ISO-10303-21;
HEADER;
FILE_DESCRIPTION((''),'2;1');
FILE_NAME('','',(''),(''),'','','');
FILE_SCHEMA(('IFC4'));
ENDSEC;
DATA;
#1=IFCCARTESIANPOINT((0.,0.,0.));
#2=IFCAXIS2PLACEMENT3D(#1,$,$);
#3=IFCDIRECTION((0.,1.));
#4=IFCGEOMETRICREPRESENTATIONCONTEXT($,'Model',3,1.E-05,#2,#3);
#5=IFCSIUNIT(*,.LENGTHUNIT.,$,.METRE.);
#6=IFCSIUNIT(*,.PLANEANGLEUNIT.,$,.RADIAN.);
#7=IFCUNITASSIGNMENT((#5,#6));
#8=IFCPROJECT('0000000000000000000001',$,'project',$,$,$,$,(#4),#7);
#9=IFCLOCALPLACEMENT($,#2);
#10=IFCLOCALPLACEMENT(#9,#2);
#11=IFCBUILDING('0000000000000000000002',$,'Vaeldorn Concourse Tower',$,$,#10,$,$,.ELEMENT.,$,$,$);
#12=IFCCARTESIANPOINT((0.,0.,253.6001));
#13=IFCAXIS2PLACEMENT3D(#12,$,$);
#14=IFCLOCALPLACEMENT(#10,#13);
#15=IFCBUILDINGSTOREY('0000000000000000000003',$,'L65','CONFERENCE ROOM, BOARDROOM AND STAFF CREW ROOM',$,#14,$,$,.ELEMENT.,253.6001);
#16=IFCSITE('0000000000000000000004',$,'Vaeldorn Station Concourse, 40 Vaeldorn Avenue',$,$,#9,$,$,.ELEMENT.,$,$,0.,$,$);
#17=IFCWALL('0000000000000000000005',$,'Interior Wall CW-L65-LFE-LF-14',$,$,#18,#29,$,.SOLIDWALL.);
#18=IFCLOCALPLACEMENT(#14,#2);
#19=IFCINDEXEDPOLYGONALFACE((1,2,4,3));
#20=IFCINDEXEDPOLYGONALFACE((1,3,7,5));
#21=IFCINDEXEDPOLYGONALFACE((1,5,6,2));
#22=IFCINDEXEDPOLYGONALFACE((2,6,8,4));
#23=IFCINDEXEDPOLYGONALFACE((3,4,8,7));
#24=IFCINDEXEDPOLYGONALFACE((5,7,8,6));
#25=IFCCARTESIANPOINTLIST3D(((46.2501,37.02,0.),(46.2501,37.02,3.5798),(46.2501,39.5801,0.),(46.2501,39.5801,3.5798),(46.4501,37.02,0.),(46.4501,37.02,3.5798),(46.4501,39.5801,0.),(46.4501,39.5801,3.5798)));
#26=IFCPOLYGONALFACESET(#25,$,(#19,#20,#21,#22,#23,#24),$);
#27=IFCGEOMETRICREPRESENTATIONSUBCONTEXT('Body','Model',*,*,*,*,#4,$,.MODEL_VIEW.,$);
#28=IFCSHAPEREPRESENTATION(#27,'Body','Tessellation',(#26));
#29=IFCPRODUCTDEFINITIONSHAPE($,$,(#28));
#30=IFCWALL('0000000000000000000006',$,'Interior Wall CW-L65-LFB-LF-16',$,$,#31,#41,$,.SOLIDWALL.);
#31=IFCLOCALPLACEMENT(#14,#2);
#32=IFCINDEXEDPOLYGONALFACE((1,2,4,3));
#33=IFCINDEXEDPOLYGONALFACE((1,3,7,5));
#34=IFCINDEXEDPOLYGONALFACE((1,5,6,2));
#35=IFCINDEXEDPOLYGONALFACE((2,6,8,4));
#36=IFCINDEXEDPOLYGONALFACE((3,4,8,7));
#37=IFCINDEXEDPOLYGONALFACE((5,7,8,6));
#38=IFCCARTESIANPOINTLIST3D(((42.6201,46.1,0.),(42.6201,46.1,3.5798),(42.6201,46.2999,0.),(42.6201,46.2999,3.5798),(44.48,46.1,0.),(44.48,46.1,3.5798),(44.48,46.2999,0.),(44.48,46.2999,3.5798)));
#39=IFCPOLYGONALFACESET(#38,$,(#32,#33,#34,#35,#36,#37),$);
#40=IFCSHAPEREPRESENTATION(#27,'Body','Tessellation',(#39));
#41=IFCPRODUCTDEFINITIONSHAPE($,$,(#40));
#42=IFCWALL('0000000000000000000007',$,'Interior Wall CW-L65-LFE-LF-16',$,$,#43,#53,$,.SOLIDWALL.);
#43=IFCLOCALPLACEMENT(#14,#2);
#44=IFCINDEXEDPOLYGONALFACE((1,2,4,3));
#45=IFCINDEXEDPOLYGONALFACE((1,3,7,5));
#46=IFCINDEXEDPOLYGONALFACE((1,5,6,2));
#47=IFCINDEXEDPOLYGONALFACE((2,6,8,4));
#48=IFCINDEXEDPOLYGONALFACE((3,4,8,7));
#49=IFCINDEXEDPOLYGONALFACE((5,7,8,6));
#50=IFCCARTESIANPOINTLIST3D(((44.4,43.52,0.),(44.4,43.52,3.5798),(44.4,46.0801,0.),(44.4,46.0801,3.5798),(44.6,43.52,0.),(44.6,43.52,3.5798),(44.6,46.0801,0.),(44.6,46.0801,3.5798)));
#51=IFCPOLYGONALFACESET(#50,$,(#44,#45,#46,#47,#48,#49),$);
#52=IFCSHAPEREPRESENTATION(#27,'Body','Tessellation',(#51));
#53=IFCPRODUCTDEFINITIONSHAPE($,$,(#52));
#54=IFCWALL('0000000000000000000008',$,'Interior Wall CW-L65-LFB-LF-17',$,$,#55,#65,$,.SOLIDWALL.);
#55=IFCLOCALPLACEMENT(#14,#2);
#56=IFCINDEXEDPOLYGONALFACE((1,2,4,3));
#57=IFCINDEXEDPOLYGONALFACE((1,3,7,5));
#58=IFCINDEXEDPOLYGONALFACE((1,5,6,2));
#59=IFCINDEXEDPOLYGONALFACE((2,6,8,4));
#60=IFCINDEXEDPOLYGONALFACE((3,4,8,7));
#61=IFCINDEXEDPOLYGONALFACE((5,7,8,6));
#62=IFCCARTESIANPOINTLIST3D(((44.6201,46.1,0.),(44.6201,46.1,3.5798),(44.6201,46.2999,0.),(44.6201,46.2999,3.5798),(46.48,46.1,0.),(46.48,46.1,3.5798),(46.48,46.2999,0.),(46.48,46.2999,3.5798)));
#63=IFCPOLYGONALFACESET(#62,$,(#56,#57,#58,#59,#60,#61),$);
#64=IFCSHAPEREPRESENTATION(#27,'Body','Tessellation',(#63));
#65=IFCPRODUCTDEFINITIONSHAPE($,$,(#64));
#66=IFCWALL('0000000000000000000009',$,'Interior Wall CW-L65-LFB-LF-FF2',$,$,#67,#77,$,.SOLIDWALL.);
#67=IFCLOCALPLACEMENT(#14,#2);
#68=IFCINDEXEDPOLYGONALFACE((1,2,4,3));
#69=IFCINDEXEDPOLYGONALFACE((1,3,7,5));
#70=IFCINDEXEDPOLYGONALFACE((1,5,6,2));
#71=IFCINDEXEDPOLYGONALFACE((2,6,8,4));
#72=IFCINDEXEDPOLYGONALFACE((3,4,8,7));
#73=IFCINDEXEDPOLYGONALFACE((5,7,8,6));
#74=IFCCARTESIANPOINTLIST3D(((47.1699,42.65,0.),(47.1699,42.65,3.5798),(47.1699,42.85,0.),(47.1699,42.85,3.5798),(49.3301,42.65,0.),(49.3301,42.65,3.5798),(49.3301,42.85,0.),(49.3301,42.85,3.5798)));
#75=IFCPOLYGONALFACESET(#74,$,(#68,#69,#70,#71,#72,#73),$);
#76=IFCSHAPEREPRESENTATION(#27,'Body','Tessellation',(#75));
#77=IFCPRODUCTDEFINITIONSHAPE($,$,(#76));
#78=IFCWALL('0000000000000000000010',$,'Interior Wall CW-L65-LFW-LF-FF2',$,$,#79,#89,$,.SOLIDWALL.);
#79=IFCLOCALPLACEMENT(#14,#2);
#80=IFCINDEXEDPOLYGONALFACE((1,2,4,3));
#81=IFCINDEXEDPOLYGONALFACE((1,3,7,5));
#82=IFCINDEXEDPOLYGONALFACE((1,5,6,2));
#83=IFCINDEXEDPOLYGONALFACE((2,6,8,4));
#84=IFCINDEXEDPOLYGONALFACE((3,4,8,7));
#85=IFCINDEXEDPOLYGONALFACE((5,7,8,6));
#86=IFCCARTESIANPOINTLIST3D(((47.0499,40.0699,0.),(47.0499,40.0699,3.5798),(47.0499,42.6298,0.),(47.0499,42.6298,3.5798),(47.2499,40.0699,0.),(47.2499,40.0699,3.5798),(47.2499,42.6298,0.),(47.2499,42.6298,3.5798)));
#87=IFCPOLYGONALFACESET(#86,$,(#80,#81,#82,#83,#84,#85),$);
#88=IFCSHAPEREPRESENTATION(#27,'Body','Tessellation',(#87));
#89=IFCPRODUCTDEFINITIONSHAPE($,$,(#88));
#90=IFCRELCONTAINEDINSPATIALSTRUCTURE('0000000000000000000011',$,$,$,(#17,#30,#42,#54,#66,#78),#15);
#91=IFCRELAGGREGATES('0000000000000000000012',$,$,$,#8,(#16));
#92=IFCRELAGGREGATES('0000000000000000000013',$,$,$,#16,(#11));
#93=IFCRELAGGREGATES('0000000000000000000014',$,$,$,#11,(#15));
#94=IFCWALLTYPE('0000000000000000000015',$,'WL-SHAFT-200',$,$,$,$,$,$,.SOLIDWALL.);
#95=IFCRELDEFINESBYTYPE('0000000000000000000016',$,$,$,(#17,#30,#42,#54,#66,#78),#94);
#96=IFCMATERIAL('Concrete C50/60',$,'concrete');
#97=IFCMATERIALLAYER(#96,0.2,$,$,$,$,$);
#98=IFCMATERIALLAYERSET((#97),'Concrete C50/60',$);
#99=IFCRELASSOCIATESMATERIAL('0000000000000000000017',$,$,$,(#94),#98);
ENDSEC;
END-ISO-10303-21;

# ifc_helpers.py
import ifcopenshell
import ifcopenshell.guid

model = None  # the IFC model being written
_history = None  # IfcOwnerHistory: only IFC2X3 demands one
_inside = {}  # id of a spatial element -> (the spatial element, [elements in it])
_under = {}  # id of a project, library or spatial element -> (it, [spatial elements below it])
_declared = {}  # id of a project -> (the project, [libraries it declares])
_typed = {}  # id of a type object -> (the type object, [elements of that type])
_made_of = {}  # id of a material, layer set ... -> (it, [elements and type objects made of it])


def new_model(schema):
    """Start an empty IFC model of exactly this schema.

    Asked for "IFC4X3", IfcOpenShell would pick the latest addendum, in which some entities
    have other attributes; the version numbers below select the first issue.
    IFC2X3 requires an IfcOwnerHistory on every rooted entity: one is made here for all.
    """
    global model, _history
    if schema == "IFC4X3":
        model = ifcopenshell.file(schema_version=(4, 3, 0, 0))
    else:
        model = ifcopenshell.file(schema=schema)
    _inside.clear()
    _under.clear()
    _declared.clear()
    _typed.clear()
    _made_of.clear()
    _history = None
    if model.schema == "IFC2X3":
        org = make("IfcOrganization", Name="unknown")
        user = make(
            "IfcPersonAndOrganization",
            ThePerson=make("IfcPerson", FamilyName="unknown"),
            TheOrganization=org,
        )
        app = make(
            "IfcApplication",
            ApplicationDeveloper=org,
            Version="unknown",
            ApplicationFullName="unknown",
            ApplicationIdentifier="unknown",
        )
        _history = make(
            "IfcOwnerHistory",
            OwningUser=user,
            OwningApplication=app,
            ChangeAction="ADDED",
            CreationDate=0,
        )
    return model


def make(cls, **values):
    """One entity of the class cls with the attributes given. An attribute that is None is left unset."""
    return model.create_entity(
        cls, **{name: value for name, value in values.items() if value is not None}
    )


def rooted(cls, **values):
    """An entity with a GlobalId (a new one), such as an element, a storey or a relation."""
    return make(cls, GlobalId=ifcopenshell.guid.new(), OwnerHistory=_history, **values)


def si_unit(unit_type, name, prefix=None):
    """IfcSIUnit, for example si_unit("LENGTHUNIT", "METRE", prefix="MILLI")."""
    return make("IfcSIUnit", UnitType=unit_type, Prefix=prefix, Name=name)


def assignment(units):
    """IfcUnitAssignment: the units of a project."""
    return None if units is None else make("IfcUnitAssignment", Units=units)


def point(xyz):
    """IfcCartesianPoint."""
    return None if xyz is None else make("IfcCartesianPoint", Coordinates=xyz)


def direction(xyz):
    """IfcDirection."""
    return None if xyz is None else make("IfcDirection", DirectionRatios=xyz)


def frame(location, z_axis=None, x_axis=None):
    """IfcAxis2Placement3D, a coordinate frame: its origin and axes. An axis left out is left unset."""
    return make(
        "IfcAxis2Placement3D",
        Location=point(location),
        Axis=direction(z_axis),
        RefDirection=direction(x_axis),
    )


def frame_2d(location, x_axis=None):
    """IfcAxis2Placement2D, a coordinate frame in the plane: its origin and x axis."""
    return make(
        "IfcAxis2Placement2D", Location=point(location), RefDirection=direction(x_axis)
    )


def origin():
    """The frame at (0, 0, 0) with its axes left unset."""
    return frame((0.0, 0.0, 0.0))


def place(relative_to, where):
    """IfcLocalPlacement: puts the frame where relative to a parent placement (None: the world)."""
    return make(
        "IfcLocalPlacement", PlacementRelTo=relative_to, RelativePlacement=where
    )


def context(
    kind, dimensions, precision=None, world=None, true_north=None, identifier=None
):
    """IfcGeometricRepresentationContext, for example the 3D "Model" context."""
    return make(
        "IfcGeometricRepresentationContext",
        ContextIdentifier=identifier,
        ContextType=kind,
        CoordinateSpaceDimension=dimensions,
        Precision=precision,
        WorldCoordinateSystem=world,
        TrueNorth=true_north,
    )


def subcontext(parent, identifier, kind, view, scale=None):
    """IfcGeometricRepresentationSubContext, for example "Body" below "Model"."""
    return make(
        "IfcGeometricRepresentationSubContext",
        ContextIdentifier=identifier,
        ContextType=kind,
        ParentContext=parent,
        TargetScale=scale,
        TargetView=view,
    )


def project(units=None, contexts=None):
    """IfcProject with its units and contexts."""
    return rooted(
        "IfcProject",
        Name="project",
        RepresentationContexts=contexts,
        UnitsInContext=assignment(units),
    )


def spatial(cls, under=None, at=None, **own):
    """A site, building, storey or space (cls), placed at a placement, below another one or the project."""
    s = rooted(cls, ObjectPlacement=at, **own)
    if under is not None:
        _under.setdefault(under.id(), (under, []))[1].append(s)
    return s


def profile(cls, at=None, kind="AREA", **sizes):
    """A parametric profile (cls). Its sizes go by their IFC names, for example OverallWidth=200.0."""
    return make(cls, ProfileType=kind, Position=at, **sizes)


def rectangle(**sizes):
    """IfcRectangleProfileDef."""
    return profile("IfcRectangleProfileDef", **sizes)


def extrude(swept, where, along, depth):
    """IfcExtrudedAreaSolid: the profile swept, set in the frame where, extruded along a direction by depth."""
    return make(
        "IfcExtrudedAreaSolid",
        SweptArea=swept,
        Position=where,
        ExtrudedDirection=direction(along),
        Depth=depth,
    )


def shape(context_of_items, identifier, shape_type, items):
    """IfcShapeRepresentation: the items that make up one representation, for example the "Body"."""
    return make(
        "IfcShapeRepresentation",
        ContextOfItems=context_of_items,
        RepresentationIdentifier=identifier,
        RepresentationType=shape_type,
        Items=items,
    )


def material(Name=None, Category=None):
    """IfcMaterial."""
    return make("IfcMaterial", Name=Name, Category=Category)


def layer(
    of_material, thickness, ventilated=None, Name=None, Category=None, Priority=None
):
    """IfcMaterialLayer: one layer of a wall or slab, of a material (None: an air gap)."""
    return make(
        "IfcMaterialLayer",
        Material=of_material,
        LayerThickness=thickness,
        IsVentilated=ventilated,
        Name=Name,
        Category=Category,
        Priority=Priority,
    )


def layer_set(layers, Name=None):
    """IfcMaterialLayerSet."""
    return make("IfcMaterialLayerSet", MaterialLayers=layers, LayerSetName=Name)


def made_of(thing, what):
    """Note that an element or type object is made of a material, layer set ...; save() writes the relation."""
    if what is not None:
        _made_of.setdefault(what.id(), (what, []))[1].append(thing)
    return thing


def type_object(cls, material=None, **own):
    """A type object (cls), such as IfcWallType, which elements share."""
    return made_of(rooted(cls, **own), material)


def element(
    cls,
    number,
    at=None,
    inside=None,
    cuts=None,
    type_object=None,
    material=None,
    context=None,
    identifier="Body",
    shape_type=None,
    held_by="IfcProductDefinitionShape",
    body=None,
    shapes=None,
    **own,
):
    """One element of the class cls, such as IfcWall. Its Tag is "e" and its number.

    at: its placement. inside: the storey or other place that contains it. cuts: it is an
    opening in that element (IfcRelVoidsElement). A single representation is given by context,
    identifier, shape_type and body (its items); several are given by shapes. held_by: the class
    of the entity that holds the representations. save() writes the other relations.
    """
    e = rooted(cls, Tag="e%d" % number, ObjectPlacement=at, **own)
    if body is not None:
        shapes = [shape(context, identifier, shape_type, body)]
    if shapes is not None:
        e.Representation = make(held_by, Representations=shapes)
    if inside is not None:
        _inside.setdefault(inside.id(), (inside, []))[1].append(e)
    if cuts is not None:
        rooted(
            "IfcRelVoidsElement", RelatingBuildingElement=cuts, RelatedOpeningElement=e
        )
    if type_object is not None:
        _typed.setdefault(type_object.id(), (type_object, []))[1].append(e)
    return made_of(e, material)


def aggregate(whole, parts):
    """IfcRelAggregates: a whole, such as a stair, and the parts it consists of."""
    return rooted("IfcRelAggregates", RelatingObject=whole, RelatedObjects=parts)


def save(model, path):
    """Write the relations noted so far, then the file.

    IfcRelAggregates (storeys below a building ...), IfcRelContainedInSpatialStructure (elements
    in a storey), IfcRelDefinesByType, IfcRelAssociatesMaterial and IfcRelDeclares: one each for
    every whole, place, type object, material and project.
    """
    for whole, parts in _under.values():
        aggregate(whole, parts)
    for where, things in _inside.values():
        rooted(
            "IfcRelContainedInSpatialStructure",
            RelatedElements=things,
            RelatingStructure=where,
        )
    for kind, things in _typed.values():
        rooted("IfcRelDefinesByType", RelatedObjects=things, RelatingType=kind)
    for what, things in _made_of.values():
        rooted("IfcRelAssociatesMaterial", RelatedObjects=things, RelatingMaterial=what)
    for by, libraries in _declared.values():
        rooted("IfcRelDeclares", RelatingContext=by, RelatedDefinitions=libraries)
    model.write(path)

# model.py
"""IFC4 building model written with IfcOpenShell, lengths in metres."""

from ifc_helpers import new_model, si_unit, direction, frame, frame_2d, origin, place, context, subcontext, project, spatial, rectangle, extrude, material, layer, layer_set, type_object, element, save


model = new_model("IFC4")

# Units and contexts
model_context = context("Model", 3, precision=1e-05, world=origin(), true_north=direction((0.0, 1.0)))
body_context = subcontext(model_context, "Body", "Model", "MODEL_VIEW")
ifc_project = project(units=[si_unit("LENGTHUNIT", "METRE"), si_unit("PLANEANGLEUNIT", "RADIAN")], contexts=[model_context])

# Site, building, storey
site_placement = place(None, origin())
site = spatial("IfcSite", under=ifc_project, at=site_placement, Name="Vaeldorn Station Concourse, 40 Vaeldorn Avenue", CompositionType="ELEMENT", RefElevation=0.0)
building_placement = place(site_placement, origin())
building = spatial("IfcBuilding", under=site, at=building_placement, Name="Vaeldorn Concourse Tower", CompositionType="ELEMENT")
storey_placement = place(building_placement, frame((0.0, 0.0, 253.6001)))
storey = spatial("IfcBuildingStorey", under=building, at=storey_placement, Name="L65", Description="CONFERENCE ROOM, BOARDROOM AND STAFF CREW ROOM", CompositionType="ELEMENT", Elevation=253.6001)

# Shared definitions
ifc_material_1 = material(Name="Concrete C50/60", Category="concrete")

# Shared definitions
ifc_layer_1 = layer(ifc_material_1, 0.2)
ifc_layer_set_1 = layer_set([ifc_layer_1], Name="Concrete C50/60")
wall_type_1 = type_object("IfcWallType", Name="WL-SHAFT-200", PredefinedType="SOLIDWALL", material=ifc_layer_set_1)

# Walls
for number, where, z_axis, x_axis, name in (
    (1, (46.3501, 37.02, 0.0), (0.0, 0.0, 1.0), (0.0, 1.0, 0.0), "Interior Wall CW-L65-LFE-LF-14"),
):
    element("IfcWall", number, at=place(storey_placement, frame(where, z_axis=z_axis, x_axis=x_axis)), inside=storey, type_object=wall_type_1, Name=name, PredefinedType="SOLIDWALL", context=body_context, shape_type="SweptSolid", body=[
        extrude(rectangle(XDim=2.5601, YDim=0.2, at=frame_2d((1.28, 0.0))), origin(), (0.0, 0.0, 1.0), 3.5798),
    ])
wall_1_placement = place(storey_placement, frame((42.6201, 46.2, 0.0), z_axis=(0.0, 0.0, 1.0), x_axis=(1.0, 0.0, 0.0)))
element("IfcWall", 2, at=wall_1_placement, inside=storey, type_object=wall_type_1, Name="Interior Wall CW-L65-LFB-LF-16", PredefinedType="SOLIDWALL", context=body_context, shape_type="SweptSolid", body=[
    extrude(rectangle(XDim=1.8599, YDim=0.2, at=frame_2d((0.9299, 0.0))), origin(), (0.0, 0.0, 1.0), 3.5798),
])
wall_2_placement = place(storey_placement, frame((44.5, 43.52, 0.0), z_axis=(0.0, 0.0, 1.0), x_axis=(0.0, 1.0, 0.0)))
element("IfcWall", 3, at=wall_2_placement, inside=storey, type_object=wall_type_1, Name="Interior Wall CW-L65-LFE-LF-16", PredefinedType="SOLIDWALL", context=body_context, shape_type="SweptSolid", body=[
    extrude(rectangle(XDim=2.5601, YDim=0.2, at=frame_2d((1.28, 0.0))), origin(), (0.0, 0.0, 1.0), 3.5798),
])

# Wall
wall_3_placement = place(storey_placement, frame((44.6201, 46.2, 0.0), z_axis=(0.0, 0.0, 1.0), x_axis=(1.0, 0.0, 0.0)))
element("IfcWall", 4, at=wall_3_placement, inside=storey, type_object=wall_type_1, Name="Interior Wall CW-L65-LFB-LF-17", PredefinedType="SOLIDWALL", context=body_context, shape_type="SweptSolid", body=[
    extrude(rectangle(XDim=1.8599, YDim=0.2, at=frame_2d((0.9299, 0.0))), origin(), (0.0, 0.0, 1.0), 3.5798),
])

# Walls
wall_4_placement = place(storey_placement, frame((47.1699, 42.75, 0.0), z_axis=(0.0, 0.0, 1.0), x_axis=(1.0, 0.0, 0.0)))
element("IfcWall", 5, at=wall_4_placement, inside=storey, type_object=wall_type_1, Name="Interior Wall CW-L65-LFB-LF-FF2", PredefinedType="SOLIDWALL", context=body_context, shape_type="SweptSolid", body=[
    extrude(rectangle(XDim=2.1602, YDim=0.2, at=frame_2d((1.0801, 0.0))), origin(), (0.0, 0.0, 1.0), 3.5798),
])
wall_5_placement = place(storey_placement, frame((47.1499, 40.0701, 0.0), z_axis=(0.0, 0.0, 1.0), x_axis=(0.0, 1.0, 0.0)))
element("IfcWall", 6, at=wall_5_placement, inside=storey, type_object=wall_type_1, Name="Interior Wall CW-L65-LFW-LF-FF2", PredefinedType="SOLIDWALL", context=body_context, shape_type="SweptSolid", body=[
    extrude(rectangle(XDim=2.5598, YDim=0.2, at=frame_2d((1.2798, 0.0))), origin(), (0.0, 0.0, 1.0), 3.5798),
])

save(model, "model.ifc")
